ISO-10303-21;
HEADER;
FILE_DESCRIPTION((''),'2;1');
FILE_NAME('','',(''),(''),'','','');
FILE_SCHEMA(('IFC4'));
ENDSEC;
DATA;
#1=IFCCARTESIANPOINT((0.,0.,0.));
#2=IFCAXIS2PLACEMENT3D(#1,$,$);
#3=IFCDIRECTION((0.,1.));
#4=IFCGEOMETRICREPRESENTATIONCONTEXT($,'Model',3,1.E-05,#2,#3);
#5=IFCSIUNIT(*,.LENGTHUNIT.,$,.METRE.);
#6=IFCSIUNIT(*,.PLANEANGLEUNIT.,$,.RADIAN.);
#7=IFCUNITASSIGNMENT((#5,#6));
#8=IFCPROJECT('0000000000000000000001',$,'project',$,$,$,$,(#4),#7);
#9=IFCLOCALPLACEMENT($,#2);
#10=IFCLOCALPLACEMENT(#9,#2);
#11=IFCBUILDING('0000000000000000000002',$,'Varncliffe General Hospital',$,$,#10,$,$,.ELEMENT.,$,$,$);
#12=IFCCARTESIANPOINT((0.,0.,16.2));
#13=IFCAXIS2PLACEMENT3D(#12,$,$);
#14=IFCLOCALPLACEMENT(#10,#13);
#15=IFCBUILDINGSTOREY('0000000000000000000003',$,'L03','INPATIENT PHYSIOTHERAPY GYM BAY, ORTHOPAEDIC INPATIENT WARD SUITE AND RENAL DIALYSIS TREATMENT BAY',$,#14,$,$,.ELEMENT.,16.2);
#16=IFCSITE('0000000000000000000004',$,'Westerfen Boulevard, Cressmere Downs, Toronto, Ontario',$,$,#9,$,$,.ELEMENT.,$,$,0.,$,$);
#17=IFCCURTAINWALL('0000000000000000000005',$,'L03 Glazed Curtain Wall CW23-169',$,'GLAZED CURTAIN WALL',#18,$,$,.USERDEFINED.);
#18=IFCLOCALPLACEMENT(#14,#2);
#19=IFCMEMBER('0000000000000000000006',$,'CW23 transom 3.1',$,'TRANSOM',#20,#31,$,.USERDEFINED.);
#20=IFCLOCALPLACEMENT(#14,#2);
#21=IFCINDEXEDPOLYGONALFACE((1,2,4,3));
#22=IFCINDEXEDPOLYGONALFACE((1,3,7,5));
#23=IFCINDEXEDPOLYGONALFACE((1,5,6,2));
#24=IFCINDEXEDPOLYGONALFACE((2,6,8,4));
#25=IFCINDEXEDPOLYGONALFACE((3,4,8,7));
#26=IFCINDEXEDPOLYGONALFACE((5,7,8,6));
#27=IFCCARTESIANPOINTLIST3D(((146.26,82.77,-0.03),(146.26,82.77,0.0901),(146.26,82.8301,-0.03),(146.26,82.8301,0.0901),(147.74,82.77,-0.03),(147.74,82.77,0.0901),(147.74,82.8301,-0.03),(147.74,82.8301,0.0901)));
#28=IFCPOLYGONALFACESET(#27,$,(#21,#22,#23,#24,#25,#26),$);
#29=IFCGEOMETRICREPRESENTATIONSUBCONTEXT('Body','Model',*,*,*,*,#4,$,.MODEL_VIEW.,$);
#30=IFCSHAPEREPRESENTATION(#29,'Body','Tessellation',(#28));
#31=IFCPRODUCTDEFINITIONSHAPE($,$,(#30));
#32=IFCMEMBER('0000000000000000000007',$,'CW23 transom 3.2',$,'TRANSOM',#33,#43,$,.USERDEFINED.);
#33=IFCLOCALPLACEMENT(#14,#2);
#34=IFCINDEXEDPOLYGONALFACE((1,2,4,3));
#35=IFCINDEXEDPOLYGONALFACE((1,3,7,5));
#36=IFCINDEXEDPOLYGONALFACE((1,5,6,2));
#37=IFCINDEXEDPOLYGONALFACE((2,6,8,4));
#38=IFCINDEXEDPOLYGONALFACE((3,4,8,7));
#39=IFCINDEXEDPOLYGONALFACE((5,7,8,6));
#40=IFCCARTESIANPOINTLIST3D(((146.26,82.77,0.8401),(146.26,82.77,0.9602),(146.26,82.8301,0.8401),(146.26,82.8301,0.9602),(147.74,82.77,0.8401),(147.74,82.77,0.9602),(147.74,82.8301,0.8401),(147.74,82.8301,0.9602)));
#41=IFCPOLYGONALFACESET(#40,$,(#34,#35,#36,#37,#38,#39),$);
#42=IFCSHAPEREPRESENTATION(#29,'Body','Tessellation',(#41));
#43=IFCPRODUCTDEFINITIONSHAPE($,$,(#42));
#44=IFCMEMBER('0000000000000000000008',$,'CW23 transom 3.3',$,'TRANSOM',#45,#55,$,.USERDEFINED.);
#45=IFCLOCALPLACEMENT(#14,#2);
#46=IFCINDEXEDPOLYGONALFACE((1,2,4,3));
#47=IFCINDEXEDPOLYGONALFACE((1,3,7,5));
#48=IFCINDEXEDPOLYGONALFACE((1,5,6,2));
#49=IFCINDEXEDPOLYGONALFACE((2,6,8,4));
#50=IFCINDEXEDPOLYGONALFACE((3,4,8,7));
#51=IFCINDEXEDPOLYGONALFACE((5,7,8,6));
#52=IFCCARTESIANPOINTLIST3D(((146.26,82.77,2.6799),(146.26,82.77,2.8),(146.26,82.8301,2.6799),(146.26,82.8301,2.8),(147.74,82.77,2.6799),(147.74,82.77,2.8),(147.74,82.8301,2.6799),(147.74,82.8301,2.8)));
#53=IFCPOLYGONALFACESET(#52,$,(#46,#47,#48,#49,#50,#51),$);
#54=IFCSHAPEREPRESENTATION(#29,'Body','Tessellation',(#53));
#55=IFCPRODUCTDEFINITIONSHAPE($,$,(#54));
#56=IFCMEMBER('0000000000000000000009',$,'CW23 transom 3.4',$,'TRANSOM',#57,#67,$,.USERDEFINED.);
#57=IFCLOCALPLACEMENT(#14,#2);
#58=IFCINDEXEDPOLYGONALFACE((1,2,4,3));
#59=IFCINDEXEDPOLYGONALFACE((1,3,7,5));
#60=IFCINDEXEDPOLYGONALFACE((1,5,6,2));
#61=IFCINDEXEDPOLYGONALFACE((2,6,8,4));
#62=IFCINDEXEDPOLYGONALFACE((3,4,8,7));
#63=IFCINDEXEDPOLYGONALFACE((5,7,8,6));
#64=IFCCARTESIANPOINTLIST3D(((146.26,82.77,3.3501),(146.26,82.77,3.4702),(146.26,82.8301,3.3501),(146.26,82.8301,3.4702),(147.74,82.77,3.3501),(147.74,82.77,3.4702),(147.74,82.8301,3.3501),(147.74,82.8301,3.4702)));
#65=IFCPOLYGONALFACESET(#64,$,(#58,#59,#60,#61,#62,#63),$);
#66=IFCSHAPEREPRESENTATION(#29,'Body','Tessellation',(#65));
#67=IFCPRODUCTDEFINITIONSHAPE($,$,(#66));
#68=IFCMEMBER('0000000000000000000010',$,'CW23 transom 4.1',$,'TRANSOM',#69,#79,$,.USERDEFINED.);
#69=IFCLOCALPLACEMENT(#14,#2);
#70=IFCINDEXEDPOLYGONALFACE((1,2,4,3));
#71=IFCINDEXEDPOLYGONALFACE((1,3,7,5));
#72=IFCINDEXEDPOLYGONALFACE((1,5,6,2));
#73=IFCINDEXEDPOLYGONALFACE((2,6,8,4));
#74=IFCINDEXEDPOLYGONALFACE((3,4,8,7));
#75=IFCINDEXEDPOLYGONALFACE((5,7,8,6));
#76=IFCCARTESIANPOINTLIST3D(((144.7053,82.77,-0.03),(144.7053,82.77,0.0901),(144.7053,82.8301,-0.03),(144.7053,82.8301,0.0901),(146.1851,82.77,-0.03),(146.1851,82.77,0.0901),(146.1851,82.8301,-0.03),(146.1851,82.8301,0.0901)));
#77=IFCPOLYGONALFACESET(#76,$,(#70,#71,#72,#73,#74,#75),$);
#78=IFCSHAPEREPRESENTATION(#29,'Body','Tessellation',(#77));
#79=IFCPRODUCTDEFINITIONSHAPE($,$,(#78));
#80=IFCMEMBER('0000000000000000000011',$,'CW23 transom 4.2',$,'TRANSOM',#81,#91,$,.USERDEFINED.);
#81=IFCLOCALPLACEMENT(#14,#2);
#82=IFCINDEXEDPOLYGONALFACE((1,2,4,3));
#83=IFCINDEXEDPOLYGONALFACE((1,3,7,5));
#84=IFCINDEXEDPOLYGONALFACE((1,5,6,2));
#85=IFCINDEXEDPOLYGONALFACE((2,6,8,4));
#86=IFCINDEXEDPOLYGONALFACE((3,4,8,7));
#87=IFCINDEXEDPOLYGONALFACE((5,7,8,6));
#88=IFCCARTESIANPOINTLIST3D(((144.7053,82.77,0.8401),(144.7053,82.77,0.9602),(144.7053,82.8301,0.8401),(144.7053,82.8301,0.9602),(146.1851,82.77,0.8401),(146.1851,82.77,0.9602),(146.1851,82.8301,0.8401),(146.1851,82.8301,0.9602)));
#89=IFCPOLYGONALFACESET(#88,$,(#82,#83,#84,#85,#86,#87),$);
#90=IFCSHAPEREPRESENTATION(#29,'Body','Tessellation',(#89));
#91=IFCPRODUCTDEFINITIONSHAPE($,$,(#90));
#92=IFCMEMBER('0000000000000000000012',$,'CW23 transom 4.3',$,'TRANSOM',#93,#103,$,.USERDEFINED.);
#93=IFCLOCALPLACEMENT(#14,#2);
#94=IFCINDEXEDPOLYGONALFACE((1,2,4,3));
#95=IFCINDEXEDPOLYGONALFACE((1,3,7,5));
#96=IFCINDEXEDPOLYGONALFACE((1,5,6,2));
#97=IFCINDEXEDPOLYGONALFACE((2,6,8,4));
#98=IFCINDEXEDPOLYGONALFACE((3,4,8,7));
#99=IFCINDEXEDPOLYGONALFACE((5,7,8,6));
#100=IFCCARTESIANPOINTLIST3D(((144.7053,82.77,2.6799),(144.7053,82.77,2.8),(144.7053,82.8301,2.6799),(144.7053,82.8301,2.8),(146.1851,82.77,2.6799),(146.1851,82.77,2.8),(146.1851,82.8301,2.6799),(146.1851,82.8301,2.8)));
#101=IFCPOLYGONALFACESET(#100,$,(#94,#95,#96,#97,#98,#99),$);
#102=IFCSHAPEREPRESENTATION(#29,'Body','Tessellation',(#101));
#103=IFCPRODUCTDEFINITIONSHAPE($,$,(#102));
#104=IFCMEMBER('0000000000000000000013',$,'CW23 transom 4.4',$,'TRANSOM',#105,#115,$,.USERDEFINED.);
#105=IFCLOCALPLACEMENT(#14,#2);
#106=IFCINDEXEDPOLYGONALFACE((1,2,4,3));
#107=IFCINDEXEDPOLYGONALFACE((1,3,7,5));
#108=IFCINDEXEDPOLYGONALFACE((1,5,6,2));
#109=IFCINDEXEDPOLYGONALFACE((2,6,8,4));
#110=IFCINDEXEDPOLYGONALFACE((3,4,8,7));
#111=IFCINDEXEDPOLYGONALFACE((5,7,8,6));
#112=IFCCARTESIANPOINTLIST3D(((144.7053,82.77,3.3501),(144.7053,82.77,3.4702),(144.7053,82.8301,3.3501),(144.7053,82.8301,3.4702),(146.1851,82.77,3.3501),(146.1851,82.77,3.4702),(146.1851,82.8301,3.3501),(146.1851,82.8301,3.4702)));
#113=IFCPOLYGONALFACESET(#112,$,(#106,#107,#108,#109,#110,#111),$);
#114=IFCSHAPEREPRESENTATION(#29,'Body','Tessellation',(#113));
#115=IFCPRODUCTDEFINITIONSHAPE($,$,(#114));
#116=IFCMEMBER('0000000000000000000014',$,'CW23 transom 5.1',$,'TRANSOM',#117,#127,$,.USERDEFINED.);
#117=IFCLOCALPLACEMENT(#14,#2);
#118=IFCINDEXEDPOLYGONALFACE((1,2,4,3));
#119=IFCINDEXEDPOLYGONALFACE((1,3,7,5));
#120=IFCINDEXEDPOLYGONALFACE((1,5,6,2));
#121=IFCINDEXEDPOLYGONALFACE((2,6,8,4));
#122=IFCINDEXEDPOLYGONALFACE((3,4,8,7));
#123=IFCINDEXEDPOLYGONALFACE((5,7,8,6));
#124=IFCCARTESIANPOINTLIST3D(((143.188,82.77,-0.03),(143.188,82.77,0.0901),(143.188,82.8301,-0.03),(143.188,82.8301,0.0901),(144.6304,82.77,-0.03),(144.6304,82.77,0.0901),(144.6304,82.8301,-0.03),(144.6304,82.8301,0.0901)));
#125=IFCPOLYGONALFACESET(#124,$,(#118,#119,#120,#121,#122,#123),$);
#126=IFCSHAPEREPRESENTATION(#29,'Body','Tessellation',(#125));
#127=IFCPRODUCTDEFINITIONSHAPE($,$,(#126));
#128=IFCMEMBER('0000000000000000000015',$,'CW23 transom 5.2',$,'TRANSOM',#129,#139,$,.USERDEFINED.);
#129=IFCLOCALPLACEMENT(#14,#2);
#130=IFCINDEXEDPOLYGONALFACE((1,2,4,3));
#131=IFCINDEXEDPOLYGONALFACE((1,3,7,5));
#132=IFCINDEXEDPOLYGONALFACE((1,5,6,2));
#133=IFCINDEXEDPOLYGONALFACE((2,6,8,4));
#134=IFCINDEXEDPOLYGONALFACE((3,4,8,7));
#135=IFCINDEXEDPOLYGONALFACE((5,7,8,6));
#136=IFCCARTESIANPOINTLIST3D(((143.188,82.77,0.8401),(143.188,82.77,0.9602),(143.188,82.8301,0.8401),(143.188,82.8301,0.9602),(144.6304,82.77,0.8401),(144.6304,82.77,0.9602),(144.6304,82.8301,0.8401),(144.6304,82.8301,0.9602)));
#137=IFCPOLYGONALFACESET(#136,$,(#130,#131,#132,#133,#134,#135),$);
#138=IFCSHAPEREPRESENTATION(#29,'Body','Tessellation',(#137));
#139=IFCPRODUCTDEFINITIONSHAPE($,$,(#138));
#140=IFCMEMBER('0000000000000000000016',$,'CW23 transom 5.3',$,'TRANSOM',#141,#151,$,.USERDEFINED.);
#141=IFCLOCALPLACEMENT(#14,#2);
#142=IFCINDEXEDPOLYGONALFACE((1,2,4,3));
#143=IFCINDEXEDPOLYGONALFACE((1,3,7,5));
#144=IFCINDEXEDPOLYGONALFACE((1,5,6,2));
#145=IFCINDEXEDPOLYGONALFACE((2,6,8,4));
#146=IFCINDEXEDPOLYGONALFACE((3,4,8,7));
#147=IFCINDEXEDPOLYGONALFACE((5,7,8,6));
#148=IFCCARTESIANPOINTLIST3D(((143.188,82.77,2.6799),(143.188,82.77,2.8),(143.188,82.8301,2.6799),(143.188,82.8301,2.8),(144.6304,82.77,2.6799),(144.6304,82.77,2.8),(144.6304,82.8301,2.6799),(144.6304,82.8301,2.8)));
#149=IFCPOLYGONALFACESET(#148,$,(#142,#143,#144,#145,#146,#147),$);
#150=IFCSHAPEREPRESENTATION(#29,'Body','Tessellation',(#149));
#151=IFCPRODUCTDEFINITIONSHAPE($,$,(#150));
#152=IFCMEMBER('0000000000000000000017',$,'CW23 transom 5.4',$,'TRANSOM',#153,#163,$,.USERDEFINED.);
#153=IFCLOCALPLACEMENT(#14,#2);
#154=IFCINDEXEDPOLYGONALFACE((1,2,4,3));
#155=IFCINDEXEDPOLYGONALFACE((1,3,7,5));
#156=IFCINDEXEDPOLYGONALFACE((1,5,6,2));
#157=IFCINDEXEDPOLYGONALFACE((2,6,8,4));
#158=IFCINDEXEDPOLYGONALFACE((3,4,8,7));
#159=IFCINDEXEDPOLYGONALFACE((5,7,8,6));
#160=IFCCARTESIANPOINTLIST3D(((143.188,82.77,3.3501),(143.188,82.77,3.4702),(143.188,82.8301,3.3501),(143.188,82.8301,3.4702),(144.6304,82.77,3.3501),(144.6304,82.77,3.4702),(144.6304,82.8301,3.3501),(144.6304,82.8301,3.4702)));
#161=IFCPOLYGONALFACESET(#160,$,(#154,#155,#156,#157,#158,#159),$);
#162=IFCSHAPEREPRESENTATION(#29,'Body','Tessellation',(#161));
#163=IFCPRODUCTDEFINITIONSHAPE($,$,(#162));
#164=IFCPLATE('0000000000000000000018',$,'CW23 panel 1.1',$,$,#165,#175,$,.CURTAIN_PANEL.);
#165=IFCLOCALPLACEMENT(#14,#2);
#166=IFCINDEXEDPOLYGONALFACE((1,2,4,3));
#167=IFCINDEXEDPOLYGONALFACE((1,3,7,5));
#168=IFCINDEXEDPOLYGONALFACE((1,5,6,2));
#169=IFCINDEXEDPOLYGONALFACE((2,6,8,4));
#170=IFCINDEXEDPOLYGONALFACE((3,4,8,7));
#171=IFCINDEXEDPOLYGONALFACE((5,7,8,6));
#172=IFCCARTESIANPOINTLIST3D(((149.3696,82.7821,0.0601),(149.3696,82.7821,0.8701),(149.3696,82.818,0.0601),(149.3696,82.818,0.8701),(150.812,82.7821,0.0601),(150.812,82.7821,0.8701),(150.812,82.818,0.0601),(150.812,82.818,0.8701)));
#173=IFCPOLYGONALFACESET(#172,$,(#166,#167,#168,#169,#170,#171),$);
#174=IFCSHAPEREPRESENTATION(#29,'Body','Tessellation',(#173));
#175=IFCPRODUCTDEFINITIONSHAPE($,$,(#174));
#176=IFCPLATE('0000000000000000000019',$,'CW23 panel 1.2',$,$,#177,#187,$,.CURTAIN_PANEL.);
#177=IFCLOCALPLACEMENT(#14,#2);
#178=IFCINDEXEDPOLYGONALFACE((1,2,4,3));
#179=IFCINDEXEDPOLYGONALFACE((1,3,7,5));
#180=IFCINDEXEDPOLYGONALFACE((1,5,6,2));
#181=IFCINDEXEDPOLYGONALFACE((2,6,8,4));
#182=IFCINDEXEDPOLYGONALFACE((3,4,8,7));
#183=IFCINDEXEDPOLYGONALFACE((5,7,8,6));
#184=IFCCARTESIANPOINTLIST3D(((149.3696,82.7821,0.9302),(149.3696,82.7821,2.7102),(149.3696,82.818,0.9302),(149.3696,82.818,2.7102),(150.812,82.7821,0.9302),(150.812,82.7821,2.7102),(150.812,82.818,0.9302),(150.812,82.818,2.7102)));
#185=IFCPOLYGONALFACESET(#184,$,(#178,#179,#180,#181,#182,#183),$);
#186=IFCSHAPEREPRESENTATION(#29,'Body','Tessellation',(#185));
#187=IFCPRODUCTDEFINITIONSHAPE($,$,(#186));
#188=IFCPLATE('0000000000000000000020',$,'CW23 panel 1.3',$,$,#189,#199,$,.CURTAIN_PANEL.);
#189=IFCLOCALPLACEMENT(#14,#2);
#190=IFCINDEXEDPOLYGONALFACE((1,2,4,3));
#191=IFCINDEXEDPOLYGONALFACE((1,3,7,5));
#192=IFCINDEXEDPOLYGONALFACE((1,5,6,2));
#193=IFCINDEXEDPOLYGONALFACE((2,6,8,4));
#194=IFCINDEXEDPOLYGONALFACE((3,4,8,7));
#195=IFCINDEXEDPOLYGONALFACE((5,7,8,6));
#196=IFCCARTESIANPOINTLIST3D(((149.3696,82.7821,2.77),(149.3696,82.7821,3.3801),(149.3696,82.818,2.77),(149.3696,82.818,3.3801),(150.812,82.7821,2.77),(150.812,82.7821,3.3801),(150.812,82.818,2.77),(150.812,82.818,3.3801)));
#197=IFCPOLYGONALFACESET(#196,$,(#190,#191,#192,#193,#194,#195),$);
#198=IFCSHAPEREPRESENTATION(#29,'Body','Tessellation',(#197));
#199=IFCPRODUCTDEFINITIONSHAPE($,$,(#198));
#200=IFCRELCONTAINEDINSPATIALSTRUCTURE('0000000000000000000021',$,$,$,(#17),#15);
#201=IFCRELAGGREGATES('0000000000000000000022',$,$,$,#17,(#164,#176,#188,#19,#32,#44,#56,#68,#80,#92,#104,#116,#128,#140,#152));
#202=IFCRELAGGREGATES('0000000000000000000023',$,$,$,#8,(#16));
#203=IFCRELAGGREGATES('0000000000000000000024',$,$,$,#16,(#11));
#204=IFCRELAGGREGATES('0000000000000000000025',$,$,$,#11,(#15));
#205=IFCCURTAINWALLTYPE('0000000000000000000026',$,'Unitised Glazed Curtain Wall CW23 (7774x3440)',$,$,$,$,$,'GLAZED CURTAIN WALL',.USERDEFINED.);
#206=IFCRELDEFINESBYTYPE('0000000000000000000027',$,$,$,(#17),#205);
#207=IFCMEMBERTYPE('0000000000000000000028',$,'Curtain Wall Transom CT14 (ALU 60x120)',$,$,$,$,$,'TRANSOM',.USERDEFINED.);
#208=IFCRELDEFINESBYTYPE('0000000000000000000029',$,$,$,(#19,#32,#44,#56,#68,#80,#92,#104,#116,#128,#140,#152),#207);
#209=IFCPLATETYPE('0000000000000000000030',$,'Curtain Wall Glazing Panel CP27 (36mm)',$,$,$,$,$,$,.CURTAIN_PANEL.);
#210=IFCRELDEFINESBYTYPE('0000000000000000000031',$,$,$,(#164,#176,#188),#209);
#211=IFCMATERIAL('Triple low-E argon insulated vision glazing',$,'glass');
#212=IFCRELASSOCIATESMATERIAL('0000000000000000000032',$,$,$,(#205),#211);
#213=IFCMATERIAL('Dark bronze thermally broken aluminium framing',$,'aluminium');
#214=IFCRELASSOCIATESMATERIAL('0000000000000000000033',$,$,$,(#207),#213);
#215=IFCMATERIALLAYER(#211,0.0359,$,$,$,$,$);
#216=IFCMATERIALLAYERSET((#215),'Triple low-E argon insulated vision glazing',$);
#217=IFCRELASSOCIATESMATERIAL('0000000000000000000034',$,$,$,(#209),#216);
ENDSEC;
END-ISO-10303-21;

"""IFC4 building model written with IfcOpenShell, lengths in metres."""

from ifc_helpers import new_model, si_unit, direction, frame, origin, origin_2d, place, context, subcontext, project, spatial, rectangle, extrude, material, layer, layer_set, material_profile, profile_set, type_object, element, aggregate, save


model = new_model("IFC4")

# Units and contexts
model_context = context("Model", 3, precision=1e-05, world=origin(), true_north=direction((0.0, 1.0)))
body_context = subcontext(model_context, "Body", "Model", "MODEL_VIEW")
ifc_project = project(units=[si_unit("LENGTHUNIT", "METRE"), si_unit("PLANEANGLEUNIT", "RADIAN")], contexts=[model_context])

# Site, building, storey
site_placement = place(None, origin())
site = spatial("IfcSite", under=ifc_project, at=site_placement, Name="Westerfen Boulevard, Cressmere Downs, Toronto, Ontario", CompositionType="ELEMENT", RefElevation=0.0)
building_placement = place(site_placement, origin())
building = spatial("IfcBuilding", under=site, at=building_placement, Name="Varncliffe General Hospital", CompositionType="ELEMENT")
storey_placement = place(building_placement, frame((0.0, 0.0, 16.2)))
storey = spatial("IfcBuildingStorey", under=building, at=storey_placement, Name="L03", Description="INPATIENT PHYSIOTHERAPY GYM BAY, ORTHOPAEDIC INPATIENT WARD SUITE AND RENAL DIALYSIS TREATMENT BAY", CompositionType="ELEMENT", Elevation=16.2)

# Curtain wall, members, plates
ifc_material_1 = material(Name="Triple low-E argon insulated vision glazing", Category="glass")
curtain_wall_type = type_object("IfcCurtainWallType", Name="Unitised Glazed Curtain Wall CW23 (7774x3440)", ElementType="GLAZED CURTAIN WALL", PredefinedType="USERDEFINED", material=ifc_material_1)
curtain_wall_placement = place(storey_placement, origin())
curtain_wall = element("IfcCurtainWall", 1, at=curtain_wall_placement, inside=storey, type_object=curtain_wall_type, Name="L03 Glazed Curtain Wall CW23-169", ObjectType="GLAZED CURTAIN WALL", PredefinedType="USERDEFINED")
ifc_material_2 = material(Name="Dark bronze thermally broken aluminium framing", Category="aluminium")
ifc_material_profile_1 = material_profile(ifc_material_2, rectangle(XDim=0.0601, YDim=0.1201, at=origin_2d()), Name="ALU 60x120")
ifc_profile_set_1 = profile_set([ifc_material_profile_1], Name="Dark bronze thermally broken aluminium framing")
member_type_1 = type_object("IfcMemberType", Name="Curtain Wall Transom CT14 (ALU 60x120)", ElementType="TRANSOM", PredefinedType="USERDEFINED", material=ifc_profile_set_1)
member_1_placement = place(storey_placement, frame((147.74, 82.8, 0.03), z_axis=(-1.0, 0.0, 0.0), x_axis=(0.0, -1.0, 0.0)))
member_1 = element("IfcMember", 2, at=member_1_placement, type_object=member_type_1, Name="CW23 transom 3.1", ObjectType="TRANSOM", PredefinedType="USERDEFINED", context=body_context, shape_type="SweptSolid", body=[
    extrude(rectangle(XDim=0.0601, YDim=0.1201, at=origin_2d()), origin(), (0.0, 0.0, 1.0), 1.48),
])
member_2_placement = place(storey_placement, frame((147.74, 82.8, 0.9001), z_axis=(-1.0, 0.0, 0.0), x_axis=(0.0, -1.0, 0.0)))
member_2 = element("IfcMember", 3, at=member_2_placement, type_object=member_type_1, Name="CW23 transom 3.2", ObjectType="TRANSOM", PredefinedType="USERDEFINED", context=body_context, shape_type="SweptSolid", body=[
    extrude(rectangle(XDim=0.0601, YDim=0.1201, at=origin_2d()), origin(), (0.0, 0.0, 1.0), 1.48),
])
member_3_placement = place(storey_placement, frame((147.74, 82.8, 2.74), z_axis=(-1.0, 0.0, 0.0), x_axis=(0.0, -1.0, 0.0)))
member_3 = element("IfcMember", 4, at=member_3_placement, type_object=member_type_1, Name="CW23 transom 3.3", ObjectType="TRANSOM", PredefinedType="USERDEFINED", context=body_context, shape_type="SweptSolid", body=[
    extrude(rectangle(XDim=0.0601, YDim=0.1201, at=origin_2d()), origin(), (0.0, 0.0, 1.0), 1.48),
])
member_4_placement = place(storey_placement, frame((147.74, 82.8, 3.4102), z_axis=(-1.0, 0.0, 0.0), x_axis=(0.0, -1.0, 0.0)))
member_4 = element("IfcMember", 5, at=member_4_placement, type_object=member_type_1, Name="CW23 transom 3.4", ObjectType="TRANSOM", PredefinedType="USERDEFINED", context=body_context, shape_type="SweptSolid", body=[
    extrude(rectangle(XDim=0.0601, YDim=0.1201, at=origin_2d()), origin(), (0.0, 0.0, 1.0), 1.48),
])
member_5_placement = place(storey_placement, frame((146.1851, 82.8, 0.03), z_axis=(-1.0, 0.0, 0.0), x_axis=(0.0, -1.0, 0.0)))
member_5 = element("IfcMember", 6, at=member_5_placement, type_object=member_type_1, Name="CW23 transom 4.1", ObjectType="TRANSOM", PredefinedType="USERDEFINED", context=body_context, shape_type="SweptSolid", body=[
    extrude(rectangle(XDim=0.0601, YDim=0.1201, at=origin_2d()), origin(), (0.0, 0.0, 1.0), 1.4797),
])
member_6_placement = place(storey_placement, frame((146.1851, 82.8, 0.9001), z_axis=(-1.0, 0.0, 0.0), x_axis=(0.0, -1.0, 0.0)))
member_6 = element("IfcMember", 7, at=member_6_placement, type_object=member_type_1, Name="CW23 transom 4.2", ObjectType="TRANSOM", PredefinedType="USERDEFINED", context=body_context, shape_type="SweptSolid", body=[
    extrude(rectangle(XDim=0.0601, YDim=0.1201, at=origin_2d()), origin(), (0.0, 0.0, 1.0), 1.4797),
])
member_7_placement = place(storey_placement, frame((146.1851, 82.8, 2.74), z_axis=(-1.0, 0.0, 0.0), x_axis=(0.0, -1.0, 0.0)))
member_7 = element("IfcMember", 8, at=member_7_placement, type_object=member_type_1, Name="CW23 transom 4.3", ObjectType="TRANSOM", PredefinedType="USERDEFINED", context=body_context, shape_type="SweptSolid", body=[
    extrude(rectangle(XDim=0.0601, YDim=0.1201, at=origin_2d()), origin(), (0.0, 0.0, 1.0), 1.4797),
])
member_8_placement = place(storey_placement, frame((146.1851, 82.8, 3.4102), z_axis=(-1.0, 0.0, 0.0), x_axis=(0.0, -1.0, 0.0)))
member_8 = element("IfcMember", 9, at=member_8_placement, type_object=member_type_1, Name="CW23 transom 4.4", ObjectType="TRANSOM", PredefinedType="USERDEFINED", context=body_context, shape_type="SweptSolid", body=[
    extrude(rectangle(XDim=0.0601, YDim=0.1201, at=origin_2d()), origin(), (0.0, 0.0, 1.0), 1.4797),
])
member_9_placement = place(storey_placement, frame((144.6304, 82.8, 0.03), z_axis=(-1.0, 0.0, 0.0), x_axis=(0.0, -1.0, 0.0)))
member_9 = element("IfcMember", 10, at=member_9_placement, type_object=member_type_1, Name="CW23 transom 5.1", ObjectType="TRANSOM", PredefinedType="USERDEFINED", context=body_context, shape_type="SweptSolid", body=[
    extrude(rectangle(XDim=0.0601, YDim=0.1201, at=origin_2d()), origin(), (0.0, 0.0, 1.0), 1.4424),
])
member_10_placement = place(storey_placement, frame((144.6304, 82.8, 0.9001), z_axis=(-1.0, 0.0, 0.0), x_axis=(0.0, -1.0, 0.0)))
member_10 = element("IfcMember", 11, at=member_10_placement, type_object=member_type_1, Name="CW23 transom 5.2", ObjectType="TRANSOM", PredefinedType="USERDEFINED", context=body_context, shape_type="SweptSolid", body=[
    extrude(rectangle(XDim=0.0601, YDim=0.1201, at=origin_2d()), origin(), (0.0, 0.0, 1.0), 1.4424),
])
member_11_placement = place(storey_placement, frame((144.6304, 82.8, 2.74), z_axis=(-1.0, 0.0, 0.0), x_axis=(0.0, -1.0, 0.0)))
member_11 = element("IfcMember", 12, at=member_11_placement, type_object=member_type_1, Name="CW23 transom 5.3", ObjectType="TRANSOM", PredefinedType="USERDEFINED", context=body_context, shape_type="SweptSolid", body=[
    extrude(rectangle(XDim=0.0601, YDim=0.1201, at=origin_2d()), origin(), (0.0, 0.0, 1.0), 1.4424),
])
member_12_placement = place(storey_placement, frame((144.6304, 82.8, 3.4102), z_axis=(-1.0, 0.0, 0.0), x_axis=(0.0, -1.0, 0.0)))
member_12 = element("IfcMember", 13, at=member_12_placement, type_object=member_type_1, Name="CW23 transom 5.4", ObjectType="TRANSOM", PredefinedType="USERDEFINED", context=body_context, shape_type="SweptSolid", body=[
    extrude(rectangle(XDim=0.0601, YDim=0.1201, at=origin_2d()), origin(), (0.0, 0.0, 1.0), 1.4424),
])
ifc_layer = layer(ifc_material_1, 0.0359)
ifc_layer_set = layer_set([ifc_layer], Name="Triple low-E argon insulated vision glazing")
plate_type = type_object("IfcPlateType", Name="Curtain Wall Glazing Panel CP27 (36mm)", PredefinedType="CURTAIN_PANEL", material=ifc_layer_set)
plate_1_placement = place(storey_placement, frame((150.0908, 82.8, 0.0601), z_axis=(0.0, 0.0, 1.0), x_axis=(-1.0, 0.0, 0.0)))
plate_1 = element("IfcPlate", 14, at=plate_1_placement, type_object=plate_type, Name="CW23 panel 1.1", PredefinedType="CURTAIN_PANEL", context=body_context, shape_type="SweptSolid", body=[
    extrude(rectangle(XDim=1.4424, YDim=0.0359, at=origin_2d()), origin(), (0.0, 0.0, 1.0), 0.8101),
])
plate_2_placement = place(storey_placement, frame((150.0908, 82.8, 0.9302), z_axis=(0.0, 0.0, 1.0), x_axis=(-1.0, 0.0, 0.0)))
plate_2 = element("IfcPlate", 15, at=plate_2_placement, type_object=plate_type, Name="CW23 panel 1.2", PredefinedType="CURTAIN_PANEL", context=body_context, shape_type="SweptSolid", body=[
    extrude(rectangle(XDim=1.4424, YDim=0.0359, at=origin_2d()), origin(), (0.0, 0.0, 1.0), 1.78),
])
plate_3_placement = place(storey_placement, frame((150.0908, 82.8, 2.77), z_axis=(0.0, 0.0, 1.0), x_axis=(-1.0, 0.0, 0.0)))
plate_3 = element("IfcPlate", 16, at=plate_3_placement, type_object=plate_type, Name="CW23 panel 1.3", PredefinedType="CURTAIN_PANEL", context=body_context, shape_type="SweptSolid", body=[
    extrude(rectangle(XDim=1.4424, YDim=0.0359, at=origin_2d()), origin(), (0.0, 0.0, 1.0), 0.6101),
])
aggregate(curtain_wall, [plate_1, plate_2, plate_3, member_1, member_2, member_3, member_4, member_5, member_6, member_7, member_8, member_9, member_10, member_11, member_12])

save(model, "model.ifc")
